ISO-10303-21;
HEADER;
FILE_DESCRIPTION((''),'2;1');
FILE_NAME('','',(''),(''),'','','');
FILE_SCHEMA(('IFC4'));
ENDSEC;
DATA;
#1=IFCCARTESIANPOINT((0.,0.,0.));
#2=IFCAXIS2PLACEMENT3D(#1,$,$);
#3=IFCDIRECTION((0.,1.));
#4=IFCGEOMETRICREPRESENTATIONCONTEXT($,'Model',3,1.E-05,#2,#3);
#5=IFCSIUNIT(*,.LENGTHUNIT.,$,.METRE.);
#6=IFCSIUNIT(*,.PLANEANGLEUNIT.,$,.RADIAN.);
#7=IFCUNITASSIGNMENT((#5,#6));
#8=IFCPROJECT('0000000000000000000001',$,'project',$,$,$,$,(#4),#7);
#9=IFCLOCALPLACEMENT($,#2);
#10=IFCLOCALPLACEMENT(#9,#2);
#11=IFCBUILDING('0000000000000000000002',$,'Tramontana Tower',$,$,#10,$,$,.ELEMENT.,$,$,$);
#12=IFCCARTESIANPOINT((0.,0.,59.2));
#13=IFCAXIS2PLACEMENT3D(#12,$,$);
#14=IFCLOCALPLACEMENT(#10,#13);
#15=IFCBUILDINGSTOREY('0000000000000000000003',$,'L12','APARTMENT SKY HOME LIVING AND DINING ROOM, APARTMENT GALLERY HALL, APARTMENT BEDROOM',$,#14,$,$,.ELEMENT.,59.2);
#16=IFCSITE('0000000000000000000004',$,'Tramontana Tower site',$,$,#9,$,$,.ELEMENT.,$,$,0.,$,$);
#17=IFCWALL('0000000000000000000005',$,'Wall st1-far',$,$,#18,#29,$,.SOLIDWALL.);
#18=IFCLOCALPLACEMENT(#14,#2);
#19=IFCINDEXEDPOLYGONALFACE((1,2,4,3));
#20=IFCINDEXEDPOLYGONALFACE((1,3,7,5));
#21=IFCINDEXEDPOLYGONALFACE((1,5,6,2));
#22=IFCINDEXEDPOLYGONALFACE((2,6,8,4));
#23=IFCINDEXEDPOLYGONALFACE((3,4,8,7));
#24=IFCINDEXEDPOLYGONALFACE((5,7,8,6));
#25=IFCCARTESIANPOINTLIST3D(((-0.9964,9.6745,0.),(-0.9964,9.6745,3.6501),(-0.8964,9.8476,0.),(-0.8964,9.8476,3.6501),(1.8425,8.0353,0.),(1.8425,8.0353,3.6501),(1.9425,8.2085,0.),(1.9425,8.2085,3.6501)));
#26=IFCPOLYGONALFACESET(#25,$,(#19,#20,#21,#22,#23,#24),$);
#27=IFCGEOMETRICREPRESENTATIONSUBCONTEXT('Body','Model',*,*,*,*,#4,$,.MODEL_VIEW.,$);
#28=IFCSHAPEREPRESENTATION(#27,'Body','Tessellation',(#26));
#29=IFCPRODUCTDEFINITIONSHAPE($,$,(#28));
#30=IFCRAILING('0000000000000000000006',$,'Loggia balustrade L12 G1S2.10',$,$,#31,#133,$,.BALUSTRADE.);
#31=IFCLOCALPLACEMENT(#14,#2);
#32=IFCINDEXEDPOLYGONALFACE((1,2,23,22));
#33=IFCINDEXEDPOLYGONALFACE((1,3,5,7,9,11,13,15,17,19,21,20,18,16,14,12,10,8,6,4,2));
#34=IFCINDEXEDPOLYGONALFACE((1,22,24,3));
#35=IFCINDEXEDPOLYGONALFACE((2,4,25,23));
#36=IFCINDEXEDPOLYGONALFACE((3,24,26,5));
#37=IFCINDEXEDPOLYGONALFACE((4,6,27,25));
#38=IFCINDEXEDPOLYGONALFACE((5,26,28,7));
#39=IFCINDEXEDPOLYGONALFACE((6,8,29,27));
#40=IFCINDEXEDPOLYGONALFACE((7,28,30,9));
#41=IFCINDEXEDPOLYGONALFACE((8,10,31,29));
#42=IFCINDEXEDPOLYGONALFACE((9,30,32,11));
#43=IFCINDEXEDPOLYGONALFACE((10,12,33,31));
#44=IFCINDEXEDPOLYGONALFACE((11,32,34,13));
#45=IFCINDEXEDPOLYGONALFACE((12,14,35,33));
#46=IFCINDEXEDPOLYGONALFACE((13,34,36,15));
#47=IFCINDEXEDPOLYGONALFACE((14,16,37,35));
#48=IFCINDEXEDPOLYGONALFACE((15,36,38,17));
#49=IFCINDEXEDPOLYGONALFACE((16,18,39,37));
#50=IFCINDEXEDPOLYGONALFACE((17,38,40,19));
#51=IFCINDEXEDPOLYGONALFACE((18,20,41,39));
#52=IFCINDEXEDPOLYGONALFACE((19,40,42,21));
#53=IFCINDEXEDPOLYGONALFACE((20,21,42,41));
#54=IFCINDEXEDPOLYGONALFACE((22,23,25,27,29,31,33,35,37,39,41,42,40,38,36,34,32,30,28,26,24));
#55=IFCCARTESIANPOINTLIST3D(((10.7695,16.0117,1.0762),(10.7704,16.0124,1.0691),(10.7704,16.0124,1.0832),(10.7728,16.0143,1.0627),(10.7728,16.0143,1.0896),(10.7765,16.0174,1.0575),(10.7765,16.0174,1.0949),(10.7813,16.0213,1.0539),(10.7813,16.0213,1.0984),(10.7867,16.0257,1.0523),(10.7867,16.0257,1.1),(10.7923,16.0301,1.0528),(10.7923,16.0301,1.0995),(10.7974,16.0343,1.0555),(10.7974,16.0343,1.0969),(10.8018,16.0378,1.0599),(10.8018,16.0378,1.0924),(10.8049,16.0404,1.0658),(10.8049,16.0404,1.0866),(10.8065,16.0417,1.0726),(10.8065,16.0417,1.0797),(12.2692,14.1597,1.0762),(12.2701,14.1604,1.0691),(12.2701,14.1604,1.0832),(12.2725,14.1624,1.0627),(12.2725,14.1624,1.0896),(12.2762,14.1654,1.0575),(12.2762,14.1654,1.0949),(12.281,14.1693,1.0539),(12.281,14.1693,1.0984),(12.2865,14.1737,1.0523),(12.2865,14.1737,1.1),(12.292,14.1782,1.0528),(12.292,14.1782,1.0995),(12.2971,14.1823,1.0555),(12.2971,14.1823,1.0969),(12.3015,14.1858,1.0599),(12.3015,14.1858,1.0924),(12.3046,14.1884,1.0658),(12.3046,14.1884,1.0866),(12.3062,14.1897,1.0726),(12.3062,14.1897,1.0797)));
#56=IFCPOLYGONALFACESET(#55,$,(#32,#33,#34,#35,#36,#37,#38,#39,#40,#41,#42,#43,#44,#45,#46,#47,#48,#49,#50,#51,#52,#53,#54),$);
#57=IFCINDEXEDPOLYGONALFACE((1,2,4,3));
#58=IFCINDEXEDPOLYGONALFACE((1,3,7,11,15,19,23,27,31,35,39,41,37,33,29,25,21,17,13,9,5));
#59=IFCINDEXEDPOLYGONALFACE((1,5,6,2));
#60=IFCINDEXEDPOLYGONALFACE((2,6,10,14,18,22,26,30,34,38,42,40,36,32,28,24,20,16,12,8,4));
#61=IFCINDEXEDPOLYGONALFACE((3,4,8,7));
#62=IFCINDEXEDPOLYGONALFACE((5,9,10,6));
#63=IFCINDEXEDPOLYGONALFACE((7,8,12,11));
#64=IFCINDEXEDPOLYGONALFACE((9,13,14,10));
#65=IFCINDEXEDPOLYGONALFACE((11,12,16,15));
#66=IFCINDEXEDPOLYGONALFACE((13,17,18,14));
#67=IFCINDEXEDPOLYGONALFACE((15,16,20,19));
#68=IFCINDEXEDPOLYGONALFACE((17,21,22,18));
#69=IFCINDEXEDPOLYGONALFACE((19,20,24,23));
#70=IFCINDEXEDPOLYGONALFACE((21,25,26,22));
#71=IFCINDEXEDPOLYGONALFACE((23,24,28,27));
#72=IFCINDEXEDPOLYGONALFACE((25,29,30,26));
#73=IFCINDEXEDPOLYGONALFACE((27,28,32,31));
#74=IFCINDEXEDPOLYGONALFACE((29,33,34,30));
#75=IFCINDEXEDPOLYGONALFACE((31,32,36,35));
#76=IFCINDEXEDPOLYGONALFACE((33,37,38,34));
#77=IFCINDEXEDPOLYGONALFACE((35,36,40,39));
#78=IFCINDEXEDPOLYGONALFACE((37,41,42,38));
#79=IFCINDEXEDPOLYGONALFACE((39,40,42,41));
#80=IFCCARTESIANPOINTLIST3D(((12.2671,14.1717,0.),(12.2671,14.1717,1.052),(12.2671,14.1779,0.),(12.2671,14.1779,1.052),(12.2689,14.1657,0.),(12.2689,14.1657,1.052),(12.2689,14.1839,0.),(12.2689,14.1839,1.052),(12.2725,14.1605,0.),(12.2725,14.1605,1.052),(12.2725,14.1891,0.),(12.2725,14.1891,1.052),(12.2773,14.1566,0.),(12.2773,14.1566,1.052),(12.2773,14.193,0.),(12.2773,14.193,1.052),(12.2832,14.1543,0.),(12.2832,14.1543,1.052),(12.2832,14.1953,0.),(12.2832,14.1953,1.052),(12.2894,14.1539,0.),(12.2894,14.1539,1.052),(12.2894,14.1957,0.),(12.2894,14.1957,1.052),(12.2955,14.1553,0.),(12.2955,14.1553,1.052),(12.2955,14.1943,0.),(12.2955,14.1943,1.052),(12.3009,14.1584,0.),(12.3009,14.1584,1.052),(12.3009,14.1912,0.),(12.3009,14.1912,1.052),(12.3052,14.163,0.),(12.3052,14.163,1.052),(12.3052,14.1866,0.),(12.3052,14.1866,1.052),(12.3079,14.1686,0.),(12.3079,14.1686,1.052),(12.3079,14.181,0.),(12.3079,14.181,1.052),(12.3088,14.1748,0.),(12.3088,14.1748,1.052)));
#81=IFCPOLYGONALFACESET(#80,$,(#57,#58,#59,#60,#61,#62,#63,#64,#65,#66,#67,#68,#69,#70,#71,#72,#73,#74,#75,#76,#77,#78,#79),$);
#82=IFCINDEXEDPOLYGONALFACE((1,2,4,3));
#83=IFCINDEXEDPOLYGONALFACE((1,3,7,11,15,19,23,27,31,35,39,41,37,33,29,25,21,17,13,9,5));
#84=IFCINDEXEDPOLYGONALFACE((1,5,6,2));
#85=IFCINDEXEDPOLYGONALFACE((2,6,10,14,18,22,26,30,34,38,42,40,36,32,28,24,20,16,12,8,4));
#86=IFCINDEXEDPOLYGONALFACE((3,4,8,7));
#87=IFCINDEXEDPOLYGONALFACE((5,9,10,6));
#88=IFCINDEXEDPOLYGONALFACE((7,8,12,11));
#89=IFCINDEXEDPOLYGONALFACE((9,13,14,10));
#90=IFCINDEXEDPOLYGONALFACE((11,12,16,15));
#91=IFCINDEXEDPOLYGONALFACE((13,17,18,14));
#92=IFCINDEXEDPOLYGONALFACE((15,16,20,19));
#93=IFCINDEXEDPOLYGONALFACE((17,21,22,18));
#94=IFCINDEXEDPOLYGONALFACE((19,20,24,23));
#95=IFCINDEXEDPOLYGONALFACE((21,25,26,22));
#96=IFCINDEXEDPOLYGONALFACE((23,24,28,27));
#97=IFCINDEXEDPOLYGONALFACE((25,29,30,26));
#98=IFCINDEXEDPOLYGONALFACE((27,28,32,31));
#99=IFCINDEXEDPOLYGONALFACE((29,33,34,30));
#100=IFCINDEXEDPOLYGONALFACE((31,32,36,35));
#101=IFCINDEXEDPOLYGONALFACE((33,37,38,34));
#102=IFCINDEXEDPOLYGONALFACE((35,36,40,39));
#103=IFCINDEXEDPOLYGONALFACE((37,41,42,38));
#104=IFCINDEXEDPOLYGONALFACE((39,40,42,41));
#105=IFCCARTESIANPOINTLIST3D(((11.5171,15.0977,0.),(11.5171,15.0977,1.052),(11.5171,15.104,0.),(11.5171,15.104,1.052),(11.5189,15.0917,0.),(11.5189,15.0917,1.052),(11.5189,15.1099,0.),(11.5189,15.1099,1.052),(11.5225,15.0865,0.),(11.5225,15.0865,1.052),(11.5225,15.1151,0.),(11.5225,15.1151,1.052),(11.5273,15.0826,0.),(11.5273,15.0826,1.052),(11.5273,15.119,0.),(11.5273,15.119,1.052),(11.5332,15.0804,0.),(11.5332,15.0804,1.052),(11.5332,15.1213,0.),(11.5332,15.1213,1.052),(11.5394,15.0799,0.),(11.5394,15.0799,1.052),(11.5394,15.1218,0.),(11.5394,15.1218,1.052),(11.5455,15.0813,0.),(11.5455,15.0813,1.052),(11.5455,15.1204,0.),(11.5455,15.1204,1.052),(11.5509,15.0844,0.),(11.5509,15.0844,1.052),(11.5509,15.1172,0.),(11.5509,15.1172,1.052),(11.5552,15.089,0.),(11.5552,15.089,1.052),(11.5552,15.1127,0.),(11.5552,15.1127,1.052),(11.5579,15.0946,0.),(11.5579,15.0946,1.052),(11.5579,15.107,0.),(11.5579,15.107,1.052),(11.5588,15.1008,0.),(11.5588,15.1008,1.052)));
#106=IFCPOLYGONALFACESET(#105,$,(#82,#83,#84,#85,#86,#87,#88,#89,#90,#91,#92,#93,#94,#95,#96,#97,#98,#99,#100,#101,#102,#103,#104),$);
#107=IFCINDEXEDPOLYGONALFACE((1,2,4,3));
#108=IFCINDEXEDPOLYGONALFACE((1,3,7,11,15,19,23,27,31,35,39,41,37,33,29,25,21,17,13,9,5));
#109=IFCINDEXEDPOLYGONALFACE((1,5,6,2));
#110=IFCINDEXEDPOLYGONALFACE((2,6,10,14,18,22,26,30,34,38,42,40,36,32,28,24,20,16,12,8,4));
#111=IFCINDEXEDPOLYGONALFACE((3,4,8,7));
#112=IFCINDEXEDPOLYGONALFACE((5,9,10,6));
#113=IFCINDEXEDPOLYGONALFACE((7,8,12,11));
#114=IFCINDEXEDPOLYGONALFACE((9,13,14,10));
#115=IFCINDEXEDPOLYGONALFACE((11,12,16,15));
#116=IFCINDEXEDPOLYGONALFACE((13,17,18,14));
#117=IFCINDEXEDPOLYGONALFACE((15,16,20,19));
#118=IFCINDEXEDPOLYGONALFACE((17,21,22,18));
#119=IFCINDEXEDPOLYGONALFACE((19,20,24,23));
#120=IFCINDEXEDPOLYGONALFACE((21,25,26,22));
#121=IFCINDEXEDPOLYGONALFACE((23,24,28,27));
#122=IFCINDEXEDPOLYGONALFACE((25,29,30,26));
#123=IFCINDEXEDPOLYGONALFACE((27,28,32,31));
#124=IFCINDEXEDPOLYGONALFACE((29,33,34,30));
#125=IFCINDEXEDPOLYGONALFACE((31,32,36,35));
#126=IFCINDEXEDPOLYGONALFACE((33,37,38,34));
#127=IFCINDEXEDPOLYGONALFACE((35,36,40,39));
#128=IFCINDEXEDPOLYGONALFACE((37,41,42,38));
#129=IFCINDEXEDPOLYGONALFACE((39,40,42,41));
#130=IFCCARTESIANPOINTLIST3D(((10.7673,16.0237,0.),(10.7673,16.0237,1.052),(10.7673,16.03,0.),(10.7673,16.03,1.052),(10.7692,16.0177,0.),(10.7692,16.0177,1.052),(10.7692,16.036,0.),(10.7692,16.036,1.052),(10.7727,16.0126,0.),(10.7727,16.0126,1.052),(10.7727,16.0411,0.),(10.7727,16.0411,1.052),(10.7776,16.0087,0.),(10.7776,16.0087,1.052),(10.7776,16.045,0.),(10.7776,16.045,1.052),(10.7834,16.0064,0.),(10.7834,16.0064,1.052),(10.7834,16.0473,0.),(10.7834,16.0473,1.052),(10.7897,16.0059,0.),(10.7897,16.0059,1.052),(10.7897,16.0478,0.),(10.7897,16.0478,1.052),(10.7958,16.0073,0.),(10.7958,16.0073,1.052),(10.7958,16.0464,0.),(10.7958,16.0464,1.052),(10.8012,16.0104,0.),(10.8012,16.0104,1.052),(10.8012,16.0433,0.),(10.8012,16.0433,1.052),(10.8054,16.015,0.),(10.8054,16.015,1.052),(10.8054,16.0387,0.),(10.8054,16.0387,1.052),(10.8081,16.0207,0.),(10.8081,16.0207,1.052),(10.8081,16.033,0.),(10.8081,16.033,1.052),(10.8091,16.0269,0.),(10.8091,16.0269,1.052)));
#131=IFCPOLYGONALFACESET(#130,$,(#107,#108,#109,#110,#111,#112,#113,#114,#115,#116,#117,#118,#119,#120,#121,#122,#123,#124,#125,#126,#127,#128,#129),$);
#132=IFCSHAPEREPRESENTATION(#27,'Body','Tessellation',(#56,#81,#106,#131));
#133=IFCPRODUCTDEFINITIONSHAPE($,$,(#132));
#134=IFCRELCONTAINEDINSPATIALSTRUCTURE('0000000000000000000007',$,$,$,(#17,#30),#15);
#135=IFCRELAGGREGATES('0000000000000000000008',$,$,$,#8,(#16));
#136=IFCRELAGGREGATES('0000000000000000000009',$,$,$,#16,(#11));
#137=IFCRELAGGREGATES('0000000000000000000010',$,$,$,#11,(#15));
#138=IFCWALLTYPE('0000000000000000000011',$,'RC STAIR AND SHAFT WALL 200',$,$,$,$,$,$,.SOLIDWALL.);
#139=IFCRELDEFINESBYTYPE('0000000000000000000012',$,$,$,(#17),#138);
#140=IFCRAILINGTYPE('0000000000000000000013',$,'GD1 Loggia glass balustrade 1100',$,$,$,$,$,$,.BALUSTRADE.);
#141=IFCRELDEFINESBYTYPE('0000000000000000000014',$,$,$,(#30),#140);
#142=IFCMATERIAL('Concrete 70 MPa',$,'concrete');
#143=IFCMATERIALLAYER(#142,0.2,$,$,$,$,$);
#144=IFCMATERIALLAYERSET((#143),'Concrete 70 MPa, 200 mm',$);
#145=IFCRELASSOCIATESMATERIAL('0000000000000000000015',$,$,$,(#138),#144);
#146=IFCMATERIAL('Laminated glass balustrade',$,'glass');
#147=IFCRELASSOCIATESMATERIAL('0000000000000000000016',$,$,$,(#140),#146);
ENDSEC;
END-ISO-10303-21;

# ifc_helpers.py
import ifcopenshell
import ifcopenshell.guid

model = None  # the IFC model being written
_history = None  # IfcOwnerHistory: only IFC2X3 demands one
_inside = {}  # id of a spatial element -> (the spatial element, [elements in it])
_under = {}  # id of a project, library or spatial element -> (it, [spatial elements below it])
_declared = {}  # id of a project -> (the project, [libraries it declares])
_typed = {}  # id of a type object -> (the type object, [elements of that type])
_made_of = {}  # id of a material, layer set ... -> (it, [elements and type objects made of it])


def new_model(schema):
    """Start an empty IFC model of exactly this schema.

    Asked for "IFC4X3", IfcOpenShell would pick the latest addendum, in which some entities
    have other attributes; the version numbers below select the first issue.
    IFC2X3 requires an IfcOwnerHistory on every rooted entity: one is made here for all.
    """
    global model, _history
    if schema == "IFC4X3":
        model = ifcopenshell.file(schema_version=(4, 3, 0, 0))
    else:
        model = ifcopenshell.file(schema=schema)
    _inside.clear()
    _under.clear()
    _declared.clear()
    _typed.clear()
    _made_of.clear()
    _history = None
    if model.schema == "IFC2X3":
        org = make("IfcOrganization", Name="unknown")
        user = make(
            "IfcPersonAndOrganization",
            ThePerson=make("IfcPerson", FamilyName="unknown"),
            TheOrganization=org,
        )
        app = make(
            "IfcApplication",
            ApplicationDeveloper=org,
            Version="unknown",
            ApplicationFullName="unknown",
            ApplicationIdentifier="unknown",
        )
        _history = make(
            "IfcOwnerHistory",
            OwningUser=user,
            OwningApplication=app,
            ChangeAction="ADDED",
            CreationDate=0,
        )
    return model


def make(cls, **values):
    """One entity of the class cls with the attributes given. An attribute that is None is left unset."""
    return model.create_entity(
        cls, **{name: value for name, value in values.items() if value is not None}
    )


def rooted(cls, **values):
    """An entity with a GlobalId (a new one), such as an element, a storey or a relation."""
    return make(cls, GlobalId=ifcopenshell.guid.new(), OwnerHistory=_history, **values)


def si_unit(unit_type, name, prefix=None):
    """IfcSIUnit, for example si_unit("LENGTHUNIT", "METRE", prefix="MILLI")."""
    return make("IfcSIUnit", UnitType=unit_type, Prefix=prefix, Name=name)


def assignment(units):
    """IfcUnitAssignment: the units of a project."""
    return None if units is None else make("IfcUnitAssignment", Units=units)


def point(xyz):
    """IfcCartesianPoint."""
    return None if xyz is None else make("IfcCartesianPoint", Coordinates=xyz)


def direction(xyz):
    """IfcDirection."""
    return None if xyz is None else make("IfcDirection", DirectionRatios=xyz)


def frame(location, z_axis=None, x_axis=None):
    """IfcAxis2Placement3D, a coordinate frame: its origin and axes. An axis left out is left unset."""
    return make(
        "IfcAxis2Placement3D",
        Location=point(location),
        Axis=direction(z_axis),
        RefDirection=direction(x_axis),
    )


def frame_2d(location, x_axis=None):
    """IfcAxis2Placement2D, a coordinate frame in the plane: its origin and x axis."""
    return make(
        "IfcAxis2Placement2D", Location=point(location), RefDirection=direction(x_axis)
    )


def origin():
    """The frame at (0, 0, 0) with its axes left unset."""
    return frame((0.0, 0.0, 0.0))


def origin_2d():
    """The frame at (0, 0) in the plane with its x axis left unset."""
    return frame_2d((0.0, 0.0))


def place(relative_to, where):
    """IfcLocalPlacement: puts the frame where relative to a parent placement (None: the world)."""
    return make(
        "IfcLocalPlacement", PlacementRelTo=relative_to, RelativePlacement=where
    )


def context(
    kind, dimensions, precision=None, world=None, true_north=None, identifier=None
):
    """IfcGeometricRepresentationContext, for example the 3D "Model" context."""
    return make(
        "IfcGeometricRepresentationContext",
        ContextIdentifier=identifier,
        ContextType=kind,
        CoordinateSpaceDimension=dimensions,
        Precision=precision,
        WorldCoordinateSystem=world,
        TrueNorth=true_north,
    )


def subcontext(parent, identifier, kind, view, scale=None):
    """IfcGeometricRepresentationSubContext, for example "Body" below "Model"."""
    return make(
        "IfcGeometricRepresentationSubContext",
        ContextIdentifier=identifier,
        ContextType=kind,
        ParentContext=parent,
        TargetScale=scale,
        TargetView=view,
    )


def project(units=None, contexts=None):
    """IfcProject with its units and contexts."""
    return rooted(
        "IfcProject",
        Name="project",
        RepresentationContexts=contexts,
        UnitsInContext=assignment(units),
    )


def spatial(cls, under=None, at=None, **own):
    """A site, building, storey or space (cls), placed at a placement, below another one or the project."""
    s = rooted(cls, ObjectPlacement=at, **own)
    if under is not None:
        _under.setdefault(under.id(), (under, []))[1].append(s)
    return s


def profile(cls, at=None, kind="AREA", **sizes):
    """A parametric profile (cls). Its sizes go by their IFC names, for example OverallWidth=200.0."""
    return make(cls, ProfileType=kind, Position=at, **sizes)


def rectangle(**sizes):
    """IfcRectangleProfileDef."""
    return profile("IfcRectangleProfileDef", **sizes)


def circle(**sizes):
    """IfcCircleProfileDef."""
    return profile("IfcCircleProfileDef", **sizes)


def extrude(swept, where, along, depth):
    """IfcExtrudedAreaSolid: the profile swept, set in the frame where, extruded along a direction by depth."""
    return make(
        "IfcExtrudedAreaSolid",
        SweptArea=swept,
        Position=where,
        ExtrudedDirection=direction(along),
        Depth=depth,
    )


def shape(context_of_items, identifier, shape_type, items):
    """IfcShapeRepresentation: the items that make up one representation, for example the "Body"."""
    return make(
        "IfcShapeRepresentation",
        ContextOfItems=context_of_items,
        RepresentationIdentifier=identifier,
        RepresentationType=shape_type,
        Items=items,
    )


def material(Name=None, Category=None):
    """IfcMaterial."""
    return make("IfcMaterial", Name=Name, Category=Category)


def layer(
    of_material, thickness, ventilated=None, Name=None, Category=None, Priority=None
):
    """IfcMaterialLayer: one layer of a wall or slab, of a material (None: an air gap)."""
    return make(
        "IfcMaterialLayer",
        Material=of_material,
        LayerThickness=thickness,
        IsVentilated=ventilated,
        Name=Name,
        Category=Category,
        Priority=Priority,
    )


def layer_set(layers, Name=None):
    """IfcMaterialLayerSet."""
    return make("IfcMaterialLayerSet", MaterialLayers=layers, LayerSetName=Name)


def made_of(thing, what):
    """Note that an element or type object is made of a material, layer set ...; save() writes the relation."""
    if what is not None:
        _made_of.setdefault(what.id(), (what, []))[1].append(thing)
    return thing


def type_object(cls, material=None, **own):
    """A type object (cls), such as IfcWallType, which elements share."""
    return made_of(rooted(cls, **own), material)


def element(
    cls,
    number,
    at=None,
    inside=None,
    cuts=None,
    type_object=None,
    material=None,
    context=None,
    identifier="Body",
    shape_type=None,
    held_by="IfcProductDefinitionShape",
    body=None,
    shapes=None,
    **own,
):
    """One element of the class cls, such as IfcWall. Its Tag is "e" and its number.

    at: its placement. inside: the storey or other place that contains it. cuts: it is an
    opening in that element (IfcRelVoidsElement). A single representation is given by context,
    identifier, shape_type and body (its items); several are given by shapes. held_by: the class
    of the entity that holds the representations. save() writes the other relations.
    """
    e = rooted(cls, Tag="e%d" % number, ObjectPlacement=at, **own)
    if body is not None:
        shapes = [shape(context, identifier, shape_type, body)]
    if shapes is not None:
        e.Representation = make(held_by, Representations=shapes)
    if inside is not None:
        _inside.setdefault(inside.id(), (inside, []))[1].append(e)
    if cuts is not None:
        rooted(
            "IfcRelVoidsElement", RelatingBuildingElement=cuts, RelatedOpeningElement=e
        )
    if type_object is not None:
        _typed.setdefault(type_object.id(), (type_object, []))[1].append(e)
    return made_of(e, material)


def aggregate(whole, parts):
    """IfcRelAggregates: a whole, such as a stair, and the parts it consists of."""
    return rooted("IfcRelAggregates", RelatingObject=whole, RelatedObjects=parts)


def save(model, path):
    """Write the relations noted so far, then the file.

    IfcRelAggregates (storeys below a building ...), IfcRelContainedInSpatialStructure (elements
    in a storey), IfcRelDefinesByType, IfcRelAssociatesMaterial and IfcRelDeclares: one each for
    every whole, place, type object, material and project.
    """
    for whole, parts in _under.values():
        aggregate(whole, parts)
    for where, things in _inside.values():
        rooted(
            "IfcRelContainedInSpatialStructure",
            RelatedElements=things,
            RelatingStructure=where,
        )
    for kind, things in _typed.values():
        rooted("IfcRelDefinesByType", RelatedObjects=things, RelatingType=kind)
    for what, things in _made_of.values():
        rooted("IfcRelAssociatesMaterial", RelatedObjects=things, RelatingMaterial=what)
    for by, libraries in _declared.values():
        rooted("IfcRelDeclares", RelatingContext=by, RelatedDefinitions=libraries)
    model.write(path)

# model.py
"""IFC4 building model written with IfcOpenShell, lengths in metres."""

from ifc_helpers import new_model, si_unit, direction, frame, frame_2d, origin, origin_2d, place, context, subcontext, project, spatial, rectangle, circle, extrude, material, layer, layer_set, type_object, element, save


model = new_model("IFC4")

# Units and contexts
model_context = context("Model", 3, precision=1e-05, world=origin(), true_north=direction((0.0, 1.0)))
body_context = subcontext(model_context, "Body", "Model", "MODEL_VIEW")
ifc_project = project(units=[si_unit("LENGTHUNIT", "METRE"), si_unit("PLANEANGLEUNIT", "RADIAN")], contexts=[model_context])

# Site, building, storey
site_placement = place(None, origin())
site = spatial("IfcSite", under=ifc_project, at=site_placement, Name="Tramontana Tower site", CompositionType="ELEMENT", RefElevation=0.0)
building_placement = place(site_placement, origin())
building = spatial("IfcBuilding", under=site, at=building_placement, Name="Tramontana Tower", CompositionType="ELEMENT")
storey_placement = place(building_placement, frame((0.0, 0.0, 59.2)))
storey = spatial("IfcBuildingStorey", under=building, at=storey_placement, Name="L12", Description="APARTMENT SKY HOME LIVING AND DINING ROOM, APARTMENT GALLERY HALL, APARTMENT BEDROOM", CompositionType="ELEMENT", Elevation=59.2)

# Wall
ifc_material_1 = material(Name="Concrete 70 MPa", Category="concrete")
ifc_layer_1 = layer(ifc_material_1, 0.2)
ifc_layer_set_1 = layer_set([ifc_layer_1], Name="Concrete 70 MPa, 200 mm")
wall_type_1 = type_object("IfcWallType", Name="RC STAIR AND SHAFT WALL 200", PredefinedType="SOLIDWALL", material=ifc_layer_set_1)
wall_1_placement = place(storey_placement, frame((1.8926, 8.1218, 0.0), z_axis=(0.0, 0.0, 1.0), x_axis=(-0.866007, 0.500032, 0.0)))
element("IfcWall", 1, at=wall_1_placement, inside=storey, type_object=wall_type_1, Name="Wall st1-far", PredefinedType="SOLIDWALL", context=body_context, shape_type="SweptSolid", body=[
    extrude(rectangle(XDim=3.2781, YDim=0.2, at=frame_2d((1.6392, 0.0))), origin(), (0.0, 0.0, 1.0), 3.6501),
])

# Railing
ifc_material_2 = material(Name="Laminated glass balustrade", Category="glass")
railing_type = type_object("IfcRailingType", Name="GD1 Loggia glass balustrade 1100", PredefinedType="BALUSTRADE", material=ifc_material_2)
railing_placement = place(storey_placement, frame((12.2878, 14.1748, 0.0)))
element("IfcRailing", 2, at=railing_placement, inside=storey, type_object=railing_type, Name="Loggia balustrade L12 G1S2.10", PredefinedType="BALUSTRADE", context=body_context, shape_type="SweptSolid", body=[
    extrude(circle(Radius=0.0239, at=origin_2d()), frame((0.0, 0.0, 1.0762), z_axis=(-0.629319, 0.777147, 0.0), x_axis=(-0.777147, -0.629319, 0.0)), (0.0, 0.0, 1.0), 2.3831),
    extrude(circle(Radius=0.021, at=origin_2d()), origin(), (0.0, 0.0, 1.0), 1.052),
    extrude(circle(Radius=0.021, at=origin_2d()), frame((-0.75, 0.926, 0.0)), (0.0, 0.0, 1.0), 1.052),
    extrude(circle(Radius=0.021, at=origin_2d()), frame((-1.4998, 1.8521, 0.0)), (0.0, 0.0, 1.0), 1.052),
])

save(model, "model.ifc")
